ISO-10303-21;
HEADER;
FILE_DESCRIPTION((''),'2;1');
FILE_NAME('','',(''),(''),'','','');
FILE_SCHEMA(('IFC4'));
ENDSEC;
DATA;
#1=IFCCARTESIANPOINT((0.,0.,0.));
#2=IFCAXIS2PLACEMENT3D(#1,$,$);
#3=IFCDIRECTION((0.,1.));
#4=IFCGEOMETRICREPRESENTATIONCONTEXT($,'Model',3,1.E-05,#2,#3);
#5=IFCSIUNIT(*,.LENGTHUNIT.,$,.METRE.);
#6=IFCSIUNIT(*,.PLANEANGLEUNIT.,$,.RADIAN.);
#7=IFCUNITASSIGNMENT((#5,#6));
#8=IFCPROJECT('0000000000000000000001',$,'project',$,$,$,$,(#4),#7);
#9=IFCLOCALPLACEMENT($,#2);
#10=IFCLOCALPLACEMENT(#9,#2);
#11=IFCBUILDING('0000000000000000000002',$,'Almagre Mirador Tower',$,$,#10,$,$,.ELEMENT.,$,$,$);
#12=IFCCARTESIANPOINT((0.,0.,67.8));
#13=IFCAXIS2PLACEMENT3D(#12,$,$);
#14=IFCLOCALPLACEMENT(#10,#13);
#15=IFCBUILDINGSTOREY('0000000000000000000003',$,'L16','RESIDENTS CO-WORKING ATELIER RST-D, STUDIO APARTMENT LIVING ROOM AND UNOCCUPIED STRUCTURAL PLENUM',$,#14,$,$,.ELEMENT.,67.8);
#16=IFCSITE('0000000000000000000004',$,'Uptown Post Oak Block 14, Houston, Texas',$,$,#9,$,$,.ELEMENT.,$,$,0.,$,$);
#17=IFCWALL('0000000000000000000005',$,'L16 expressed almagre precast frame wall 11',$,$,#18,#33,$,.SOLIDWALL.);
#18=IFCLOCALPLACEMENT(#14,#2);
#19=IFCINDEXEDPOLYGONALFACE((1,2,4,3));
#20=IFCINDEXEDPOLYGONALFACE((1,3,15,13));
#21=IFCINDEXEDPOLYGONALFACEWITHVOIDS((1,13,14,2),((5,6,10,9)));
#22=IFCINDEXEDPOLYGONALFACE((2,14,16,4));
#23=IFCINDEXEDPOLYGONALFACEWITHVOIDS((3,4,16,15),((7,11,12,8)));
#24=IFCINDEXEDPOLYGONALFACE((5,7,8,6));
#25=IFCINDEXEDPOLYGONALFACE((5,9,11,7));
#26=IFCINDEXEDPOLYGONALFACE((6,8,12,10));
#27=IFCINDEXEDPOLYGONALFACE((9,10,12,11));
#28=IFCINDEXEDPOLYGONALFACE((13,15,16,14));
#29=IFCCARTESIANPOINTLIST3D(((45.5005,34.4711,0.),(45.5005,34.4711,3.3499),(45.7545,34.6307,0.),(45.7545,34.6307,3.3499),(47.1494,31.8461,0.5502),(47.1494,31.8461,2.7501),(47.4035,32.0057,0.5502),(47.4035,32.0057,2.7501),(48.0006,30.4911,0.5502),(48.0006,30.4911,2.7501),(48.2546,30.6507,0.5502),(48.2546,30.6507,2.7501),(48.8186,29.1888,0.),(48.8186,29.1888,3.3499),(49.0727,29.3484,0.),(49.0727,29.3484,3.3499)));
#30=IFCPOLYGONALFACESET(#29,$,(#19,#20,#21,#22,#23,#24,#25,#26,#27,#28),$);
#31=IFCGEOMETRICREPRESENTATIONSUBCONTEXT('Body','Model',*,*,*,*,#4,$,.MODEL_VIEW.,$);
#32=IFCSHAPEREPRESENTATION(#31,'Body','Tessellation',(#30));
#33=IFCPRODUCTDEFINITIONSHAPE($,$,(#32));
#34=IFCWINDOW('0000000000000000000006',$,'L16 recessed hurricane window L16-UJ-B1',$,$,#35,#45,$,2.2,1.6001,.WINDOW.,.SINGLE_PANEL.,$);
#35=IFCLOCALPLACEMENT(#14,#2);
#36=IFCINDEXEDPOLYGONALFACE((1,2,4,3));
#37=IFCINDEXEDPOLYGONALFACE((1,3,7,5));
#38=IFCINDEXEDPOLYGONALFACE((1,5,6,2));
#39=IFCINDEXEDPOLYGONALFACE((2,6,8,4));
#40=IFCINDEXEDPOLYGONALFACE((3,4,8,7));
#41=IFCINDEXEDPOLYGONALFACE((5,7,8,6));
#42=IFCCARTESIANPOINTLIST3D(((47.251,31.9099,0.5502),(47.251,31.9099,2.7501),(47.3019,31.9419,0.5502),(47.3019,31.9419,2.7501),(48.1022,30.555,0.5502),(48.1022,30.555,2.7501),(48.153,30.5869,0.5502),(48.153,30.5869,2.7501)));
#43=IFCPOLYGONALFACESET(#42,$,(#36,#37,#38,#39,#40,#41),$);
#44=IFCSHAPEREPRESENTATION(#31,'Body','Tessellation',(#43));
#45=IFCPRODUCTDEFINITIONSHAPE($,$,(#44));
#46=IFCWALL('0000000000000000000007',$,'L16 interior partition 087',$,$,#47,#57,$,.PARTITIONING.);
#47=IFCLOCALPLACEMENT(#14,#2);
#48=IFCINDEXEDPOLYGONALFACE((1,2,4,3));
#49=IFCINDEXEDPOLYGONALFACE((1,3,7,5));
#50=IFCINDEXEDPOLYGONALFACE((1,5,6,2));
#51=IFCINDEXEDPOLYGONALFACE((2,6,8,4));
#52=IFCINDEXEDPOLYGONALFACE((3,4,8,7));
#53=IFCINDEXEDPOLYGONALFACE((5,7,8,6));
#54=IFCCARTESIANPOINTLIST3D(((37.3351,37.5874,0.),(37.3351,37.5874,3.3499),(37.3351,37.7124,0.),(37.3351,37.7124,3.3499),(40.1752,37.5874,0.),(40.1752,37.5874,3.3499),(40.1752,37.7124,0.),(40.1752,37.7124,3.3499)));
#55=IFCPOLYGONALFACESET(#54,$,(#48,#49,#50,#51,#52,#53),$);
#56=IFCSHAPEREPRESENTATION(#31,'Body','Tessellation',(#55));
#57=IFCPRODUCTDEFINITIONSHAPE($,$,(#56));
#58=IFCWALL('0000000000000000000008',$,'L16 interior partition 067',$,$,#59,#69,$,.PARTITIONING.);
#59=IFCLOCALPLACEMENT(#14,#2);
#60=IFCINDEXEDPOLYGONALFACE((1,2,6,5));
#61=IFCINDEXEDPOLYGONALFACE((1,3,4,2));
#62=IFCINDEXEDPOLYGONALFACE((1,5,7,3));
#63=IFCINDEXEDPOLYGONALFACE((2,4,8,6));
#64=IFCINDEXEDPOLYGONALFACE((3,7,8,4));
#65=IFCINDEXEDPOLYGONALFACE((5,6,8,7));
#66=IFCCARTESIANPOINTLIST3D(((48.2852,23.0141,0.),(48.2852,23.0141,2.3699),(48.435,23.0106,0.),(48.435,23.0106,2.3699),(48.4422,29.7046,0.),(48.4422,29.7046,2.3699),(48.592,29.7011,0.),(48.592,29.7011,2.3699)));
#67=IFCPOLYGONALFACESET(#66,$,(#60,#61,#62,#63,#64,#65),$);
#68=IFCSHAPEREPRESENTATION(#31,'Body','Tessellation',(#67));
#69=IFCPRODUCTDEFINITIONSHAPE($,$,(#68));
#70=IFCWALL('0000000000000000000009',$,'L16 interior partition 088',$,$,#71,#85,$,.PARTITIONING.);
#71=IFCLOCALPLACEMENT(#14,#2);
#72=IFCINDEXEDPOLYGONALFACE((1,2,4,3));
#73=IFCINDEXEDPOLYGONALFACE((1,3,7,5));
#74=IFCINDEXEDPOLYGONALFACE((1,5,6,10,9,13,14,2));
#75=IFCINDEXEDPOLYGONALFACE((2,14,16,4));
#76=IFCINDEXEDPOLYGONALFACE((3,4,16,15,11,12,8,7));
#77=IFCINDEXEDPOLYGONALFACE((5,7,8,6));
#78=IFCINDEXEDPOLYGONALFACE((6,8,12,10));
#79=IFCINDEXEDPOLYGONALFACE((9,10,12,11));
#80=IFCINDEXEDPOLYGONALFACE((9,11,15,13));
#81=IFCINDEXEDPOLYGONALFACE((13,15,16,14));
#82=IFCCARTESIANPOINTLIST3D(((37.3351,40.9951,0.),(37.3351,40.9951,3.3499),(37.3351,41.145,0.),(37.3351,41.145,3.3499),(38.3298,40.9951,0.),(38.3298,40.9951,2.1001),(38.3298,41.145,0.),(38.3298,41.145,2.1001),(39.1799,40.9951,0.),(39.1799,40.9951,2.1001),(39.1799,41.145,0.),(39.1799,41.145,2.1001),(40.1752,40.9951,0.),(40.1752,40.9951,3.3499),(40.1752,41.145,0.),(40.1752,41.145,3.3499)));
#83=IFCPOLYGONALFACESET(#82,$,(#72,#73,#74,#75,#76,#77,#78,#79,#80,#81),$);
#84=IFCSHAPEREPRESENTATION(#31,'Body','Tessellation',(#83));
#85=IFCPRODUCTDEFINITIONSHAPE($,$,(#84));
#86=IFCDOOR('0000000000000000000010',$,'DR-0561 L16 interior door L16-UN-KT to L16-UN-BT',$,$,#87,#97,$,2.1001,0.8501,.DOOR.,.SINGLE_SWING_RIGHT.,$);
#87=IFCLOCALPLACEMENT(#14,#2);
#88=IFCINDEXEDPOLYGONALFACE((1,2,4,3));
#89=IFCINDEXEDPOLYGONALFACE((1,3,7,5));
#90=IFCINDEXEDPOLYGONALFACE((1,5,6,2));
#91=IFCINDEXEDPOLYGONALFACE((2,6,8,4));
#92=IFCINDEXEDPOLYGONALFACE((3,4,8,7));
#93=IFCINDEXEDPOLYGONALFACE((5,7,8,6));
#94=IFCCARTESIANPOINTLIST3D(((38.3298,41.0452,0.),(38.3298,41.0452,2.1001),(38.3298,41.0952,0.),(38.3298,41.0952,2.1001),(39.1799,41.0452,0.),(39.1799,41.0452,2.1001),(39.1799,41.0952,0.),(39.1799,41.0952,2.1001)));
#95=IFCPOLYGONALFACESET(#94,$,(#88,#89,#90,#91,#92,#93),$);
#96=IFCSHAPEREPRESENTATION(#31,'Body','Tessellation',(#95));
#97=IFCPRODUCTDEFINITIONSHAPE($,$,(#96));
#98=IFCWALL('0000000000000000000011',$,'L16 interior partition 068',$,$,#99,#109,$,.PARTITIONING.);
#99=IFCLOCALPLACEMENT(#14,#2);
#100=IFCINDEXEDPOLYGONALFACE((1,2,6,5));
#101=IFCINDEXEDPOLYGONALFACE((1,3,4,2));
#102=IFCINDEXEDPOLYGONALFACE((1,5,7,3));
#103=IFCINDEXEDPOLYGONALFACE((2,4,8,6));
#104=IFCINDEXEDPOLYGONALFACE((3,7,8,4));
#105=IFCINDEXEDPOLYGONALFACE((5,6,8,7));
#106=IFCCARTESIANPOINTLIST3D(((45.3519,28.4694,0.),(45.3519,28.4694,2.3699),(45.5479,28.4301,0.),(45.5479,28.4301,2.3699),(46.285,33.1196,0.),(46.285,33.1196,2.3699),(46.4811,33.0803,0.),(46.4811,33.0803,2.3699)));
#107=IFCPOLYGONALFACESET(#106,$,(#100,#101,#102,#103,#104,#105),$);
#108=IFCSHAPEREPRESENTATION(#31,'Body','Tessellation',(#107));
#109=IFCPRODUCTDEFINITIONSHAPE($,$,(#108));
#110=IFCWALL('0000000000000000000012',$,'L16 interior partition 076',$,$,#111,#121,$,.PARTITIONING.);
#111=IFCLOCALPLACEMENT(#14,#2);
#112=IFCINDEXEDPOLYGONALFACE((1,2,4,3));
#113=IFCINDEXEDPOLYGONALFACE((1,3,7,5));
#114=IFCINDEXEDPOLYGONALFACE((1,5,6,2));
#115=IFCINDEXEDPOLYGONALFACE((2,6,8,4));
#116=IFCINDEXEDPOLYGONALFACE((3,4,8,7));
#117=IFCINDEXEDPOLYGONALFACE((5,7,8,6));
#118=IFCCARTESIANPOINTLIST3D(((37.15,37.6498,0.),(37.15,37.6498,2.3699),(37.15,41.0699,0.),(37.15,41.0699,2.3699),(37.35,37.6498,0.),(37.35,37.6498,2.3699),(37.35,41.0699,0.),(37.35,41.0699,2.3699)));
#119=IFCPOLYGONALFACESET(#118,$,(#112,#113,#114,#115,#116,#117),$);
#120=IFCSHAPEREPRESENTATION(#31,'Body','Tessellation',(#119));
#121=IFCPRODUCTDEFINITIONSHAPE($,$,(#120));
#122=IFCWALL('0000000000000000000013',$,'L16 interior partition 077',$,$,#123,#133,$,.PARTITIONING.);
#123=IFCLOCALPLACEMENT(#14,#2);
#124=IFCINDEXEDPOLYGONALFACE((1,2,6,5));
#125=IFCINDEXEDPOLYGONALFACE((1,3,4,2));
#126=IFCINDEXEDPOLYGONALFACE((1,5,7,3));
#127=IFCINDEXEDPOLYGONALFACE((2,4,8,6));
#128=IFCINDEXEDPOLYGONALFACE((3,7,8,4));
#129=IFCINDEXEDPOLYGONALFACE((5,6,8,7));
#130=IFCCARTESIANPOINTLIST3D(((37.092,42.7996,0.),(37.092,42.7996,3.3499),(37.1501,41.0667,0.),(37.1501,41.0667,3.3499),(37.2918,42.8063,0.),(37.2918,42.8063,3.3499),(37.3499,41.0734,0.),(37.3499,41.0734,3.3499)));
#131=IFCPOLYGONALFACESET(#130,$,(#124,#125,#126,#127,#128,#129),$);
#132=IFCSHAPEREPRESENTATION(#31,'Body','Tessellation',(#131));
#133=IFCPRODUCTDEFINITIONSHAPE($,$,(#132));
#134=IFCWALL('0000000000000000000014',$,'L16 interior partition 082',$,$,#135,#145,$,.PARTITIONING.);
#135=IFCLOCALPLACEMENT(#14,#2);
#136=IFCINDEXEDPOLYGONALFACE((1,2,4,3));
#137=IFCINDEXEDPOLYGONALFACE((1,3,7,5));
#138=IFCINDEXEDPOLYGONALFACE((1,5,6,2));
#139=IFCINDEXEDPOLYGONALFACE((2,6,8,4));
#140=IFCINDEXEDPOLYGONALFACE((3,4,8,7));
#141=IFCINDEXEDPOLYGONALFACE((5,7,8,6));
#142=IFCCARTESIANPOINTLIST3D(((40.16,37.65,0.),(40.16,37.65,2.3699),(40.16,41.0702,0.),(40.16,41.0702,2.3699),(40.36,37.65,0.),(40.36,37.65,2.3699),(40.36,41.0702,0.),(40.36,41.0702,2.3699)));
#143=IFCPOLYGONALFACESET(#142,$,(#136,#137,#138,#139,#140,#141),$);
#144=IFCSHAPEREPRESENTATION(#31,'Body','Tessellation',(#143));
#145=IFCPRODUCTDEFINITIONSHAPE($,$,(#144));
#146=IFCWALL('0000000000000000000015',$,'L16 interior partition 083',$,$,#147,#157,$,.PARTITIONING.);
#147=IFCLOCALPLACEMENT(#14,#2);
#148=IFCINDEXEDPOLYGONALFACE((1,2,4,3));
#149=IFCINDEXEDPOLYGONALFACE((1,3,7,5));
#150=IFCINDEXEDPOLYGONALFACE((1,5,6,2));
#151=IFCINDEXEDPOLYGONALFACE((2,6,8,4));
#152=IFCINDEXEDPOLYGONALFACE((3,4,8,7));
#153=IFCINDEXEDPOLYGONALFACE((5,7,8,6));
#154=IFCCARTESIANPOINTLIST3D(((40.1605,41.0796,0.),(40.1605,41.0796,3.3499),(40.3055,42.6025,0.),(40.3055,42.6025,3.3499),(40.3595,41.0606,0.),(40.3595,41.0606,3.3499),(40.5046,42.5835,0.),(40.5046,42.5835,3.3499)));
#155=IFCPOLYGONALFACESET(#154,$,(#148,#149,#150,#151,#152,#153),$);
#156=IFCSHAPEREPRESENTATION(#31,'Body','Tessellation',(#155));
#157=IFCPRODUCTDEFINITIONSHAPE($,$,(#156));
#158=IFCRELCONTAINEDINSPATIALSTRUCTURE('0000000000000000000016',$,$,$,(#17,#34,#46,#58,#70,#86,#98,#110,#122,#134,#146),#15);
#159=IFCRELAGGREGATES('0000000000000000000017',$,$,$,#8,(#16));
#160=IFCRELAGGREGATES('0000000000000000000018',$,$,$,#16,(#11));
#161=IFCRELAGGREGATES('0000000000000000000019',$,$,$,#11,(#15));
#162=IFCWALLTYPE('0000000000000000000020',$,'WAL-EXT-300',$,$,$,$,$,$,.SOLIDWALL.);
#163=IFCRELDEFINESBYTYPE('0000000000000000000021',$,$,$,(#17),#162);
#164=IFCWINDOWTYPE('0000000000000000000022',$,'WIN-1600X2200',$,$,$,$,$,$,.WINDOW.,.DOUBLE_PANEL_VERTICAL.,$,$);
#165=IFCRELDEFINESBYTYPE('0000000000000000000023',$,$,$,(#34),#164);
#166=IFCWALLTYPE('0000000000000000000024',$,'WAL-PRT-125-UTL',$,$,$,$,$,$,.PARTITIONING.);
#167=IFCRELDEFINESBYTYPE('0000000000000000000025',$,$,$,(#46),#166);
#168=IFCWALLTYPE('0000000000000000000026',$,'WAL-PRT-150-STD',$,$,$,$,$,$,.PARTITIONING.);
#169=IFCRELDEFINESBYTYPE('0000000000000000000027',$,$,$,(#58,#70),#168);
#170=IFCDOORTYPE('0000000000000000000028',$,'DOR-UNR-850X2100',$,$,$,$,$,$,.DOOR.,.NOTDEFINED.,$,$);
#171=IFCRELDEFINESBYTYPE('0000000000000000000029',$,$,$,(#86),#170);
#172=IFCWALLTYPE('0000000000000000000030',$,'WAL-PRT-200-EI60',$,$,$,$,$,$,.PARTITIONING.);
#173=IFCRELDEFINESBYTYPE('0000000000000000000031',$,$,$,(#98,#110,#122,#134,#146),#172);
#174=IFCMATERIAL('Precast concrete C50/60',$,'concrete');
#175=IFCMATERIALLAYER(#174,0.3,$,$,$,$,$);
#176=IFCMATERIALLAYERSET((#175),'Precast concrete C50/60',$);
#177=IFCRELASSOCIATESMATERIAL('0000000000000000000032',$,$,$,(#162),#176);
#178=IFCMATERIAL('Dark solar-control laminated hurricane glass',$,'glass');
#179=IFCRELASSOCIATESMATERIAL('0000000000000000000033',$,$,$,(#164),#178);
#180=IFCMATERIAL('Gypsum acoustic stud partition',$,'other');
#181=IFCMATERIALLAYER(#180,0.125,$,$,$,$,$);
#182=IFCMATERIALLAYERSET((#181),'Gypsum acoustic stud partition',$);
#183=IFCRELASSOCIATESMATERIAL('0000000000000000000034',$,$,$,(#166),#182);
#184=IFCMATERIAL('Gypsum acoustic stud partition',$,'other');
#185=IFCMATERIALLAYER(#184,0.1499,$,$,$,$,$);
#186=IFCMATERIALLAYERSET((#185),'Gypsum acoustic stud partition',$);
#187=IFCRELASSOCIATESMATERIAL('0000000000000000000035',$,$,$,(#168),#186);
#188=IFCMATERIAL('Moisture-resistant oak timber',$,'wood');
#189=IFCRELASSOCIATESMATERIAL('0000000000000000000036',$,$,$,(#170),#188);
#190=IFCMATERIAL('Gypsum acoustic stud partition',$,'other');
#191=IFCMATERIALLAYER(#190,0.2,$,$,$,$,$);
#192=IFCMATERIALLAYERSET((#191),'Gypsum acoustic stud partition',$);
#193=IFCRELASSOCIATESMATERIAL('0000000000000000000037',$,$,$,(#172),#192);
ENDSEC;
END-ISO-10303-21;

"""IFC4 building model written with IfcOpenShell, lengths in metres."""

from ifc_helpers import new_model, si_unit, direction, frame, frame_2d, origin, place, context, subcontext, project, spatial, rectangle, extrude, material, layer, layer_set, type_object, element, fill, save


model = new_model("IFC4")

# Units and contexts
model_context = context("Model", 3, precision=1e-05, world=origin(), true_north=direction((0.0, 1.0)))
body_context = subcontext(model_context, "Body", "Model", "MODEL_VIEW")
ifc_project = project(units=[si_unit("LENGTHUNIT", "METRE"), si_unit("PLANEANGLEUNIT", "RADIAN")], contexts=[model_context])

# Site, building, storey
site_placement = place(None, origin())
site = spatial("IfcSite", under=ifc_project, at=site_placement, Name="Uptown Post Oak Block 14, Houston, Texas", CompositionType="ELEMENT", RefElevation=0.0)
building_placement = place(site_placement, origin())
building = spatial("IfcBuilding", under=site, at=building_placement, Name="Almagre Mirador Tower", CompositionType="ELEMENT")
storey_placement = place(building_placement, frame((0.0, 0.0, 67.8)))
storey = spatial("IfcBuildingStorey", under=building, at=storey_placement, Name="L16", Description="RESIDENTS CO-WORKING ATELIER RST-D, STUDIO APARTMENT LIVING ROOM AND UNOCCUPIED STRUCTURAL PLENUM", CompositionType="ELEMENT", Elevation=67.8)

# Shared definitions
ifc_material_1 = material(Name="Precast concrete C50/60", Category="concrete")
ifc_layer_1 = layer(ifc_material_1, 0.3)
ifc_layer_set_1 = layer_set([ifc_layer_1], Name="Precast concrete C50/60")
wall_type_1 = type_object("IfcWallType", Name="WAL-EXT-300", PredefinedType="SOLIDWALL", material=ifc_layer_set_1)

# Shared definitions
ifc_material_2 = material(Name="Dark solar-control laminated hurricane glass", Category="glass")
window_type_1 = type_object("IfcWindowType", Name="WIN-1600X2200", PartitioningType="DOUBLE_PANEL_VERTICAL", PredefinedType="WINDOW", material=ifc_material_2)

# Wall, opening, window
wall_1_placement = place(storey_placement, frame((45.6274, 34.551, 0.0), z_axis=(0.0, 0.0, 1.0), x_axis=(0.531925, -0.846791, 0.0)))
wall_1 = element("IfcWall", 1, at=wall_1_placement, inside=storey, type_object=wall_type_1, Name="L16 expressed almagre precast frame wall 11", PredefinedType="SOLIDWALL", context=body_context, shape_type="SweptSolid", body=[
    extrude(rectangle(XDim=6.238, YDim=0.3, at=frame_2d((3.1191, 0.0))), origin(), (0.0, 0.0, 1.0), 3.3499),
])
opening_1_placement = place(wall_1_placement, frame((3.1001, 0.0, 0.55)))
opening_1 = element("IfcOpeningElement", 2, at=opening_1_placement, cuts=wall_1, PredefinedType="OPENING", context=body_context, shape_type="SweptSolid", body=[
    extrude(rectangle(XDim=1.6001, YDim=2.2, at=frame_2d((0.8, 1.1001))), frame((0.0, 0.1599, 0.0), z_axis=(0.0, -1.0, 0.0), x_axis=(1.0, 0.0, 0.0)), (0.0, 0.0, 1.0), 0.32),
])
window_1_placement = place(opening_1_placement, origin())
window_1 = element("IfcWindow", 3, at=window_1_placement, inside=storey, type_object=window_type_1, Name="L16 recessed hurricane window L16-UJ-B1", OverallHeight=2.2, OverallWidth=1.6001, PartitioningType="SINGLE_PANEL", PredefinedType="WINDOW", context=body_context, shape_type="SweptSolid", body=[
    extrude(rectangle(XDim=1.6001, YDim=2.2, at=frame_2d((0.8, 1.1001))), frame((0.0, 0.03, 0.0), z_axis=(0.0, -1.0, 0.0), x_axis=(1.0, 0.0, 0.0)), (0.0, 0.0, 1.0), 0.0601),
])
fill(opening_1, window_1)

# Walls
ifc_material_3 = material(Name="Gypsum acoustic stud partition", Category="other")
ifc_layer_2 = layer(ifc_material_3, 0.125)
ifc_layer_set_2 = layer_set([ifc_layer_2], Name="Gypsum acoustic stud partition")
wall_type_2 = type_object("IfcWallType", Name="WAL-PRT-125-UTL", PredefinedType="PARTITIONING", material=ifc_layer_set_2)
wall_2_placement = place(storey_placement, frame((40.175, 37.6499, 0.0), z_axis=(0.0, 0.0, 1.0), x_axis=(-1.0, 0.0, 0.0)))
element("IfcWall", 4, at=wall_2_placement, inside=storey, type_object=wall_type_2, Name="L16 interior partition 087", PredefinedType="PARTITIONING", context=body_context, shape_type="SweptSolid", body=[
    extrude(rectangle(XDim=2.8401, YDim=0.125, at=frame_2d((1.4199, 0.0))), origin(), (0.0, 0.0, 1.0), 3.3499),
])
ifc_material_4 = material(Name="Gypsum acoustic stud partition", Category="other")
ifc_layer_3 = layer(ifc_material_4, 0.1499)
ifc_layer_set_3 = layer_set([ifc_layer_3], Name="Gypsum acoustic stud partition")
wall_type_3 = type_object("IfcWallType", Name="WAL-PRT-150-STD", PredefinedType="PARTITIONING", material=ifc_layer_set_3)
wall_3_placement = place(storey_placement, frame((48.5171, 29.7029, 0.0), z_axis=(0.0, 0.0, 1.0), x_axis=(-0.023457, -0.999725, 0.0)))
element("IfcWall", 5, at=wall_3_placement, inside=storey, type_object=wall_type_3, Name="L16 interior partition 067", PredefinedType="PARTITIONING", context=body_context, shape_type="SweptSolid", body=[
    extrude(rectangle(XDim=6.6924, YDim=0.1499, at=frame_2d((3.3462, 0.0))), origin(), (0.0, 0.0, 1.0), 2.3699),
])

# Wall, opening, door
wall_4_placement = place(storey_placement, frame((40.175, 41.0701, 0.0), z_axis=(0.0, 0.0, 1.0), x_axis=(-1.0, 0.0, 0.0)))
wall_4 = element("IfcWall", 6, at=wall_4_placement, inside=storey, type_object=wall_type_3, Name="L16 interior partition 088", PredefinedType="PARTITIONING", context=body_context, shape_type="SweptSolid", body=[
    extrude(rectangle(XDim=2.8401, YDim=0.1499, at=frame_2d((1.4199, 0.0))), origin(), (0.0, 0.0, 1.0), 3.3499),
])
opening_2_placement = place(wall_4_placement, frame((0.9951, 0.0, 0.0)))
opening_2 = element("IfcOpeningElement", 7, at=opening_2_placement, cuts=wall_4, PredefinedType="OPENING", context=body_context, shape_type="SweptSolid", body=[
    extrude(rectangle(XDim=0.8501, YDim=2.1001, at=frame_2d((0.425, 1.05))), frame((0.0, 0.085, 0.0), z_axis=(0.0, -1.0, 0.0), x_axis=(1.0, 0.0, 0.0)), (0.0, 0.0, 1.0), 0.1699),
])
ifc_material_5 = material(Name="Moisture-resistant oak timber", Category="wood")
door_type = type_object("IfcDoorType", Name="DOR-UNR-850X2100", OperationType="NOTDEFINED", PredefinedType="DOOR", material=ifc_material_5)
door_placement = place(opening_2_placement, origin())
door = element("IfcDoor", 8, at=door_placement, inside=storey, type_object=door_type, Name="DR-0561 L16 interior door L16-UN-KT to L16-UN-BT", OperationType="SINGLE_SWING_RIGHT", OverallHeight=2.1001, OverallWidth=0.8501, PredefinedType="DOOR", context=body_context, shape_type="SweptSolid", body=[
    extrude(rectangle(XDim=0.8501, YDim=2.1001, at=frame_2d((0.425, 1.05))), frame((0.0, 0.0249, 0.0), z_axis=(0.0, -1.0, 0.0), x_axis=(1.0, 0.0, 0.0)), (0.0, 0.0, 1.0), 0.05),
])
fill(opening_2, door)

# Walls
ifc_material_6 = material(Name="Gypsum acoustic stud partition", Category="other")
ifc_layer_4 = layer(ifc_material_6, 0.2)
ifc_layer_set_4 = layer_set([ifc_layer_4], Name="Gypsum acoustic stud partition")
wall_type_4 = type_object("IfcWallType", Name="WAL-PRT-200-EI60", PredefinedType="PARTITIONING", material=ifc_layer_set_4)
wall_5_placement = place(storey_placement, frame((46.3831, 33.1001, 0.0), z_axis=(0.0, 0.0, 1.0), x_axis=(-0.19674, -0.980456, 0.0)))
element("IfcWall", 9, at=wall_5_placement, inside=storey, type_object=wall_type_4, Name="L16 interior partition 068", PredefinedType="PARTITIONING", context=body_context, shape_type="SweptSolid", body=[
    extrude(rectangle(XDim=4.7429, YDim=0.2, at=frame_2d((2.3716, 0.0))), origin(), (0.0, 0.0, 1.0), 2.3699),
])
wall_6_placement = place(storey_placement, frame((37.25, 37.6499, 0.0), z_axis=(0.0, 0.0, 1.0), x_axis=(0.0, 1.0, 0.0)))
element("IfcWall", 10, at=wall_6_placement, inside=storey, type_object=wall_type_4, Name="L16 interior partition 076", PredefinedType="PARTITIONING", context=body_context, shape_type="SweptSolid", body=[
    extrude(rectangle(XDim=3.4202, YDim=0.2, at=frame_2d((1.71, 0.0))), origin(), (0.0, 0.0, 1.0), 2.3699),
])
wall_7_placement = place(storey_placement, frame((37.25, 41.0701, 0.0), z_axis=(0.0, 0.0, 1.0), x_axis=(-0.033512, 0.999438, 0.0)))
element("IfcWall", 11, at=wall_7_placement, inside=storey, type_object=wall_type_4, Name="L16 interior partition 077", PredefinedType="PARTITIONING", context=body_context, shape_type="SweptSolid", body=[
    extrude(rectangle(XDim=1.7339, YDim=0.2, at=frame_2d((0.8669, 0.0))), origin(), (0.0, 0.0, 1.0), 3.3499),
])
wall_8_placement = place(storey_placement, frame((40.26, 41.0701, 0.0), z_axis=(0.0, 0.0, 1.0), x_axis=(0.0, -1.0, 0.0)))
element("IfcWall", 12, at=wall_8_placement, inside=storey, type_object=wall_type_4, Name="L16 interior partition 082", PredefinedType="PARTITIONING", context=body_context, shape_type="SweptSolid", body=[
    extrude(rectangle(XDim=3.4202, YDim=0.2, at=frame_2d((1.71, 0.0))), origin(), (0.0, 0.0, 1.0), 2.3699),
])
wall_9_placement = place(storey_placement, frame((40.405, 42.593, 0.0), z_axis=(0.0, 0.0, 1.0), x_axis=(-0.094794, -0.995497, 0.0)))
element("IfcWall", 13, at=wall_9_placement, inside=storey, type_object=wall_type_4, Name="L16 interior partition 083", PredefinedType="PARTITIONING", context=body_context, shape_type="SweptSolid", body=[
    extrude(rectangle(XDim=1.5298, YDim=0.2, at=frame_2d((0.7649, 0.0))), origin(), (0.0, 0.0, 1.0), 3.3499),
])

save(model, "model.ifc")
